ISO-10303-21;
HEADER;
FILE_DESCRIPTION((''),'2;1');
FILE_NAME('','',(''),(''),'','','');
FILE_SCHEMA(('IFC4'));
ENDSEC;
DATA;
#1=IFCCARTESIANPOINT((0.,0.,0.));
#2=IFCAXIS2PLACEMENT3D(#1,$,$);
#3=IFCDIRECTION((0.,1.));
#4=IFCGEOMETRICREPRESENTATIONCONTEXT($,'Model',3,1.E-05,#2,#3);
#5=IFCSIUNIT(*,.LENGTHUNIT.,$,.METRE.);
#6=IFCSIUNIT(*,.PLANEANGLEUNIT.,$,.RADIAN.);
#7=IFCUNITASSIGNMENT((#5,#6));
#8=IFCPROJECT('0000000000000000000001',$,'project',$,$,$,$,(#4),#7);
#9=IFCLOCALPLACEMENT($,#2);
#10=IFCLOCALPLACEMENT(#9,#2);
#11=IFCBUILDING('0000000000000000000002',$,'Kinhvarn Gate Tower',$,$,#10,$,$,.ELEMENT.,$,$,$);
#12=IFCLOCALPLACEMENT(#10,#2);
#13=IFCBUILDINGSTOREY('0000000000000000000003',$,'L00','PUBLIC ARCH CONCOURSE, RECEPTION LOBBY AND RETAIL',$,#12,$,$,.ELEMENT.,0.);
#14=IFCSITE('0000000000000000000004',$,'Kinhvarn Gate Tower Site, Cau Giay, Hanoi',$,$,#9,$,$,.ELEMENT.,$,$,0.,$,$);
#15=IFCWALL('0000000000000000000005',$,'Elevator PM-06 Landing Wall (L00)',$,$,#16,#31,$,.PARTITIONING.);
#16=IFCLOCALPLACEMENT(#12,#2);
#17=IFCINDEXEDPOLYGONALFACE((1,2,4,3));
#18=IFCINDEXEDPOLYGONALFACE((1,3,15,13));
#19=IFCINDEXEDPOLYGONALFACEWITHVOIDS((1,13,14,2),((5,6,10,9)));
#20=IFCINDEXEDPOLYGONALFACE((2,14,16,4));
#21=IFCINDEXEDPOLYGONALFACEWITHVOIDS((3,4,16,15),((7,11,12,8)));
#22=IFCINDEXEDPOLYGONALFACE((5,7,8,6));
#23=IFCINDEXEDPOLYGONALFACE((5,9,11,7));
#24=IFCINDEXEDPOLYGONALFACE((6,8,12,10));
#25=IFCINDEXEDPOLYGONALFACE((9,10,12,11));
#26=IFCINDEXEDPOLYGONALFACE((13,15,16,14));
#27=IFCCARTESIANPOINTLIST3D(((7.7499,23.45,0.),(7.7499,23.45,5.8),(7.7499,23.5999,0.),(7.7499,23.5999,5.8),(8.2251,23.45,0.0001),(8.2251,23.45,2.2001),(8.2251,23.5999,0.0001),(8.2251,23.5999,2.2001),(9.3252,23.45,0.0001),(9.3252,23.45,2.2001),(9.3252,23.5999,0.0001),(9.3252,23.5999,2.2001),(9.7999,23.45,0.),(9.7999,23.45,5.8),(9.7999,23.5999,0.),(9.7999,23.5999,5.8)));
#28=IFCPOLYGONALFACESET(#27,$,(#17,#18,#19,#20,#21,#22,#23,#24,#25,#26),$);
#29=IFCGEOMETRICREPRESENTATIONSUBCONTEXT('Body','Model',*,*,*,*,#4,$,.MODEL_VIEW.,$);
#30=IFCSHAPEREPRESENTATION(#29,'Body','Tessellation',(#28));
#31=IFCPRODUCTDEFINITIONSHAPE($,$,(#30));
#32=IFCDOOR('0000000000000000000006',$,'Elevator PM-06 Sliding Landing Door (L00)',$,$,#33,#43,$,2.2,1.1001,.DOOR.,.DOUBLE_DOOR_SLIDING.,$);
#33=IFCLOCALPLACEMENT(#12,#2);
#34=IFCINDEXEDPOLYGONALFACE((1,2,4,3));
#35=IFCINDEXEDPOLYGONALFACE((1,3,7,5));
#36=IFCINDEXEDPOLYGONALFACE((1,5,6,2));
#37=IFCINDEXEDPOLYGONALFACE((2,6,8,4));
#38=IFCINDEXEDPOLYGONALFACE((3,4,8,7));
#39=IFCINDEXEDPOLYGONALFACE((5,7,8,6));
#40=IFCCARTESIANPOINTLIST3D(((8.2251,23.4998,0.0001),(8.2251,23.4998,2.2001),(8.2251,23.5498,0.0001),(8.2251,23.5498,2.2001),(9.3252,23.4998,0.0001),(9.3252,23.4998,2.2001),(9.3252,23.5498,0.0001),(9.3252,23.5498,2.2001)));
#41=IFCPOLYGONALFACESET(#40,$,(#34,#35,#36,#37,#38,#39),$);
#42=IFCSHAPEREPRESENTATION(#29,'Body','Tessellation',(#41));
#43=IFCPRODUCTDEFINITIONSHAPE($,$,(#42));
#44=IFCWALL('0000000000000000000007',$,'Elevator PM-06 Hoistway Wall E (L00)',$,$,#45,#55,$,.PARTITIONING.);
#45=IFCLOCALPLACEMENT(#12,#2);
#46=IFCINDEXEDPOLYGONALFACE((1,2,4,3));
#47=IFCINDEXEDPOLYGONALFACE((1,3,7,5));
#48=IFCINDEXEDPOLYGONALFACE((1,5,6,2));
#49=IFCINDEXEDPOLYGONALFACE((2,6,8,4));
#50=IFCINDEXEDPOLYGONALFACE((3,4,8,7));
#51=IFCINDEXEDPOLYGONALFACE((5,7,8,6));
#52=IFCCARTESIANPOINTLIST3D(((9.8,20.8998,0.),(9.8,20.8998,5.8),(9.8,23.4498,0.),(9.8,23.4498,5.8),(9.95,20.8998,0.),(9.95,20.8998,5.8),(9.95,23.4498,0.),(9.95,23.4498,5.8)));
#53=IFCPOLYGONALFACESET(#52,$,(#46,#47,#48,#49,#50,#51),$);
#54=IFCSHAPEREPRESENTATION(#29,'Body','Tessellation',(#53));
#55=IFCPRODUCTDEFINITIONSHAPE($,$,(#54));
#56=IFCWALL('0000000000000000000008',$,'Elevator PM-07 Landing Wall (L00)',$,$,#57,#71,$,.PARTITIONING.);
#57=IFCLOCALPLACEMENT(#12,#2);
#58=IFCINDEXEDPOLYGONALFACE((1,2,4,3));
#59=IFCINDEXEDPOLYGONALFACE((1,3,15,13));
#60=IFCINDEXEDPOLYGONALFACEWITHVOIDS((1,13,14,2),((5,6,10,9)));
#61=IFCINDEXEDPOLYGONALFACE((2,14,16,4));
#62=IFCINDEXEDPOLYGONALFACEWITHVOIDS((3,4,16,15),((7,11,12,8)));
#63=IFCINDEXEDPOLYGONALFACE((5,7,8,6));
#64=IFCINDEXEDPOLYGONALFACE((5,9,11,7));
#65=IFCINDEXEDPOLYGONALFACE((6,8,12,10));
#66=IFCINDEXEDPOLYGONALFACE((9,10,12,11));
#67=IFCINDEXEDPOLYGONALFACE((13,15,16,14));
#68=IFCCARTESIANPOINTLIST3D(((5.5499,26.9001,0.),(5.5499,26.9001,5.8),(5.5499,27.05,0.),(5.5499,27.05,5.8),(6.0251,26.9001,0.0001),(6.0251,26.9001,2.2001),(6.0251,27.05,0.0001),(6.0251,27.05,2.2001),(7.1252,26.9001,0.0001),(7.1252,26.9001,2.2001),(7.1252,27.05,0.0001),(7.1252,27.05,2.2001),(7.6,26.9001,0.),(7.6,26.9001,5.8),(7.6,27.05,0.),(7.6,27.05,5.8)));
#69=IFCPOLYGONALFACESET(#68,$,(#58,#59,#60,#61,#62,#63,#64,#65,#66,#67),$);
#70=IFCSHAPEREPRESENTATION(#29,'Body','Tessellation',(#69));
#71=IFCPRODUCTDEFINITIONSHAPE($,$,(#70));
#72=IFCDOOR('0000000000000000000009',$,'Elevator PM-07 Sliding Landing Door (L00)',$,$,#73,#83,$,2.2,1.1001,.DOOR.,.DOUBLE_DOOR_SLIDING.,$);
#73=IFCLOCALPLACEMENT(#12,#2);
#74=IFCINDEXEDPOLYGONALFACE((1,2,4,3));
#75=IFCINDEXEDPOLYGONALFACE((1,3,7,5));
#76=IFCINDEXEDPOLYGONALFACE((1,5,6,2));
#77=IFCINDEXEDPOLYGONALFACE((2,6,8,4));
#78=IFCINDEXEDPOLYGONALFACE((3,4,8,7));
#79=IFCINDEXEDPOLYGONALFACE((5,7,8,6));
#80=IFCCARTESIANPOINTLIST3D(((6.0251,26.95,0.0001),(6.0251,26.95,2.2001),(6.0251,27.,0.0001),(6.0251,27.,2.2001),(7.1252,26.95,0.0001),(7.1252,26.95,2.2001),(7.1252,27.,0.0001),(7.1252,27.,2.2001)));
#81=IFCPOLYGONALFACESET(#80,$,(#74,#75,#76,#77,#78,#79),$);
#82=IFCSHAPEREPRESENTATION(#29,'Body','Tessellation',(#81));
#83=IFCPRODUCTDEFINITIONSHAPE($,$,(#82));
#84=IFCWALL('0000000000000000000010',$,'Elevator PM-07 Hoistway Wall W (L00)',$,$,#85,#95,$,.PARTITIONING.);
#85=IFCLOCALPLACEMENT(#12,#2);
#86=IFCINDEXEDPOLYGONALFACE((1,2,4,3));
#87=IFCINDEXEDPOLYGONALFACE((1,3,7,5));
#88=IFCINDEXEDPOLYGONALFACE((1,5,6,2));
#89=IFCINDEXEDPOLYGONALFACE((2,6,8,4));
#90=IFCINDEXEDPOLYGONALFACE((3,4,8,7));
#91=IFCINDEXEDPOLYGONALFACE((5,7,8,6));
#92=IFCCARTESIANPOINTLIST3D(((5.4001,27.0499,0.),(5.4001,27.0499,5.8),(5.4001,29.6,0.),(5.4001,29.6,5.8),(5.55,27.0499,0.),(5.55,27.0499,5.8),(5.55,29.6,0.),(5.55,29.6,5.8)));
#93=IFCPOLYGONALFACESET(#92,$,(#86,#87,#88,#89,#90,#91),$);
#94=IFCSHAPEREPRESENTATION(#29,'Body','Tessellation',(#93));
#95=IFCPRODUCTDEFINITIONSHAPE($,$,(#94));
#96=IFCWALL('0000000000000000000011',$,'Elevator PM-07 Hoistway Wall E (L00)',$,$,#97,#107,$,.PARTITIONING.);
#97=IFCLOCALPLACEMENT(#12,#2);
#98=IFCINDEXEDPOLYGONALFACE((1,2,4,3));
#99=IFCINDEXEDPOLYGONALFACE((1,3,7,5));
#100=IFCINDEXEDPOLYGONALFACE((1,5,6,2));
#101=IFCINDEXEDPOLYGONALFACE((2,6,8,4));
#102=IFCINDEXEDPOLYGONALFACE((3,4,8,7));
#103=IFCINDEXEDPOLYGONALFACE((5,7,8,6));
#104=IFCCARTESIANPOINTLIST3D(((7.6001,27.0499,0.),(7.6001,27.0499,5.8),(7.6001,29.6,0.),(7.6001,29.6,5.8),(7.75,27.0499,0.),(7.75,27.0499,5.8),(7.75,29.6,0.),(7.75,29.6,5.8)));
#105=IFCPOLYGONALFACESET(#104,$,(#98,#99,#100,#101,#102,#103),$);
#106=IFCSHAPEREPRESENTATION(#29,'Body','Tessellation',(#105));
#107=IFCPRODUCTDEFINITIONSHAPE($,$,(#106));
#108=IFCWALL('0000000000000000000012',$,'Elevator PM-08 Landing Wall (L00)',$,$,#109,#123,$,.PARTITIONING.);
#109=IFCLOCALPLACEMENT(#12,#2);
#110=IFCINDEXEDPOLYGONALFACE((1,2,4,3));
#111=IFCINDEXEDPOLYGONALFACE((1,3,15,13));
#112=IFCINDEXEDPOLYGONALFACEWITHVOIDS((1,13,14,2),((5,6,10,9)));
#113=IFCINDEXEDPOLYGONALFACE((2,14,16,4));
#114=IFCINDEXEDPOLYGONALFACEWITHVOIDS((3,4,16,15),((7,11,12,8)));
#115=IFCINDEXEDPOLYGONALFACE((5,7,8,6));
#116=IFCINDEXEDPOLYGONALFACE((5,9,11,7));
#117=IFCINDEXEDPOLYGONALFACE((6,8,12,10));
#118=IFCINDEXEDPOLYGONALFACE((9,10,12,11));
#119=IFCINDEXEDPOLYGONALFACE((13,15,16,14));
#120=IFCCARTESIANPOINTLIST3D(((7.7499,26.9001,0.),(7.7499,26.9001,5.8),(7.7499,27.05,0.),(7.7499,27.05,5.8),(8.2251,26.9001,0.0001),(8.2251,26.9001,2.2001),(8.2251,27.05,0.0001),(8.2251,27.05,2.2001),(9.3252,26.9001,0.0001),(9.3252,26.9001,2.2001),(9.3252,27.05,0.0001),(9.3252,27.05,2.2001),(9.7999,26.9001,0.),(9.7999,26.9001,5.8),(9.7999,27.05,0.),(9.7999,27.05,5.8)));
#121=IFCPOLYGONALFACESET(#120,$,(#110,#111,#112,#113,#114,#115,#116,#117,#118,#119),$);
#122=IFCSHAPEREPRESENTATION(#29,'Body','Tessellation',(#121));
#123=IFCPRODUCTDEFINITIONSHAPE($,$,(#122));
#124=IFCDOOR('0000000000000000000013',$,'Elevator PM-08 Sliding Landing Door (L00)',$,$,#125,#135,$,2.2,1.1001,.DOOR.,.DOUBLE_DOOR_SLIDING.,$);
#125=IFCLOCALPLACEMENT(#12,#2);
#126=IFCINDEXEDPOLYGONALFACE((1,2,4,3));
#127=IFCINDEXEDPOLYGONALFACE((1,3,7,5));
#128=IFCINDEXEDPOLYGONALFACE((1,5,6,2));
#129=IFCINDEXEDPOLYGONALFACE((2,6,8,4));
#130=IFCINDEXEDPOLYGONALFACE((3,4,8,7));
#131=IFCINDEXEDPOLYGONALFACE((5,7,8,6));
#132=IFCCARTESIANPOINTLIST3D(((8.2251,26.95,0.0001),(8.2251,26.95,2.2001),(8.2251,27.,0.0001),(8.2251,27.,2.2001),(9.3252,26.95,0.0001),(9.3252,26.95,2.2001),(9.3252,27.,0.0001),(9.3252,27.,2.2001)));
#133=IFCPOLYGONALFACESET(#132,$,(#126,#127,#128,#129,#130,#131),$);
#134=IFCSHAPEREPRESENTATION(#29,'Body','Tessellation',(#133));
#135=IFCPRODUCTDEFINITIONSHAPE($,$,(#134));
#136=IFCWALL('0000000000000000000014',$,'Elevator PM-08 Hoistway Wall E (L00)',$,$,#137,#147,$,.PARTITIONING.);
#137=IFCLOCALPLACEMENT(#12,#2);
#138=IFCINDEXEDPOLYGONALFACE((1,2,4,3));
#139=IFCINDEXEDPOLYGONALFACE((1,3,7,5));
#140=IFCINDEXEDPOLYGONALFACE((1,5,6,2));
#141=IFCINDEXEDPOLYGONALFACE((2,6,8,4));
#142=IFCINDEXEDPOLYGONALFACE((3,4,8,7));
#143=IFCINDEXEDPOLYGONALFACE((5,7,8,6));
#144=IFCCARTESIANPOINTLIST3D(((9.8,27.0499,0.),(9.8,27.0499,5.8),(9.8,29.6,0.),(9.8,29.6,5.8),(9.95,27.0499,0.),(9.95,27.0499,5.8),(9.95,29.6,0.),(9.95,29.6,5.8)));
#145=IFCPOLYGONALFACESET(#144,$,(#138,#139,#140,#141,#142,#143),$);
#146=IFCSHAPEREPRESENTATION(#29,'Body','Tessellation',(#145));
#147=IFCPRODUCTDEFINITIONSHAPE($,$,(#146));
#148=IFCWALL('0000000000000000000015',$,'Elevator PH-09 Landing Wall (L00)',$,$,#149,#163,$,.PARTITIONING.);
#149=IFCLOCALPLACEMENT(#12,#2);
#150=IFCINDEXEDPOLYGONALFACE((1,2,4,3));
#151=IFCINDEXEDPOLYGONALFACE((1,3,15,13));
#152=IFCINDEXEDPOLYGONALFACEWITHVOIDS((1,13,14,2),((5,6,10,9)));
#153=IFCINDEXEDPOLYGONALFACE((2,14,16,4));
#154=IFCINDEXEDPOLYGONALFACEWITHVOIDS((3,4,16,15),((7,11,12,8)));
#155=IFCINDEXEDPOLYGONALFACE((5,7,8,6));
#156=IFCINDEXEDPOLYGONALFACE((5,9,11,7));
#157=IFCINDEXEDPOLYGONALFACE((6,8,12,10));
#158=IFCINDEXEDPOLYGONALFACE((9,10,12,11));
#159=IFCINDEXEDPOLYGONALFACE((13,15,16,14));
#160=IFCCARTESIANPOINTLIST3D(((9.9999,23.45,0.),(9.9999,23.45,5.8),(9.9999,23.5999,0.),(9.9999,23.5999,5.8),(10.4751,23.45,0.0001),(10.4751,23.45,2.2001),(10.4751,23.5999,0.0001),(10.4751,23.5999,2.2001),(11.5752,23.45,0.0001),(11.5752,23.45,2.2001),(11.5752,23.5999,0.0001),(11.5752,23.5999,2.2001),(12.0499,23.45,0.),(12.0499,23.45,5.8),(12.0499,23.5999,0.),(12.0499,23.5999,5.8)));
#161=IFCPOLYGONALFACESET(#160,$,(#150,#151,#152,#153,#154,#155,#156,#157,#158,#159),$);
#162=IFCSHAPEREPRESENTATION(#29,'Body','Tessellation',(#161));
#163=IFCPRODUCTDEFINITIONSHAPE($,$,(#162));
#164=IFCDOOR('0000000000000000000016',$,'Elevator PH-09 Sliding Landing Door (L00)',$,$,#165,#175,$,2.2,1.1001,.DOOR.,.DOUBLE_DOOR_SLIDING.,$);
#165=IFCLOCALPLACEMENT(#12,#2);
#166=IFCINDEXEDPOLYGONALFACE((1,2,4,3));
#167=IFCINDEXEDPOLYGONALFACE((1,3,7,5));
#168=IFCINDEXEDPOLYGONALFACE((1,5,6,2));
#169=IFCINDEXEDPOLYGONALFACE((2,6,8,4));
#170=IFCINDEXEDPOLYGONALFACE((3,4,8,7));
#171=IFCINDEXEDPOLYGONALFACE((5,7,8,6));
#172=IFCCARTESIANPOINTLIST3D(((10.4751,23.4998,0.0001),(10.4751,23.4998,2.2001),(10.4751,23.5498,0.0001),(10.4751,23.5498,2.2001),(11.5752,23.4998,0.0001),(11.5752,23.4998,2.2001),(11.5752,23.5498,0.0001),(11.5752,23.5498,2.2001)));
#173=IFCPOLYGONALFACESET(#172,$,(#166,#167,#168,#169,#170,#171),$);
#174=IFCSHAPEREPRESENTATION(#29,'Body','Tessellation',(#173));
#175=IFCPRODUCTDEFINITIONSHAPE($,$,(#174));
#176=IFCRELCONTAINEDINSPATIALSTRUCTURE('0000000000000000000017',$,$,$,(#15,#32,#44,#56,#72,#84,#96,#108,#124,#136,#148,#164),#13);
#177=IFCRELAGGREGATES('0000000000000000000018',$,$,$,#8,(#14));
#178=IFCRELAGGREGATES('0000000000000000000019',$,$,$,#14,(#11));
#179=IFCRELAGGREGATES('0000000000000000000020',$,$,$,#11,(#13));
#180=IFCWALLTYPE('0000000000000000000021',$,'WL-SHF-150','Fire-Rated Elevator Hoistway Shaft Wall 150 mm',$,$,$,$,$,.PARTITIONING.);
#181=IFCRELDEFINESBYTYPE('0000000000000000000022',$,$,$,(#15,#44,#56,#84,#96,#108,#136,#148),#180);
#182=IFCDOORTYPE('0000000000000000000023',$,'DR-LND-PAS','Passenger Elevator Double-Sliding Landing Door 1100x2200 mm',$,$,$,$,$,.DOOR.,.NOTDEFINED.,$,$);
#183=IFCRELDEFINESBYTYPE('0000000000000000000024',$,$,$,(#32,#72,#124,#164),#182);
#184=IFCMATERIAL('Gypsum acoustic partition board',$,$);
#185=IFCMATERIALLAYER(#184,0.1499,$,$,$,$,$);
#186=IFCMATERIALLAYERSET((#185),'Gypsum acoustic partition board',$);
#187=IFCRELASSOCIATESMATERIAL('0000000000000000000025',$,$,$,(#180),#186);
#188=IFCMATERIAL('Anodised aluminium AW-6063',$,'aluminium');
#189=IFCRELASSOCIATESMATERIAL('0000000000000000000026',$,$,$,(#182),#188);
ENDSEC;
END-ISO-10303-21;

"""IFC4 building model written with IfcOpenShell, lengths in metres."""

from ifc_helpers import new_model, si_unit, direction, frame, frame_2d, origin, place, context, subcontext, project, spatial, rectangle, extrude, material, layer, layer_set, type_object, element, fill, save


model = new_model("IFC4")

# Units and contexts
model_context = context("Model", 3, precision=1e-05, world=origin(), true_north=direction((0.0, 1.0)))
body_context = subcontext(model_context, "Body", "Model", "MODEL_VIEW")
ifc_project = project(units=[si_unit("LENGTHUNIT", "METRE"), si_unit("PLANEANGLEUNIT", "RADIAN")], contexts=[model_context])

# Site, building, storey
site_placement = place(None, origin())
site = spatial("IfcSite", under=ifc_project, at=site_placement, Name="Kinhvarn Gate Tower Site, Cau Giay, Hanoi", CompositionType="ELEMENT", RefElevation=0.0)
building_placement = place(site_placement, origin())
building = spatial("IfcBuilding", under=site, at=building_placement, Name="Kinhvarn Gate Tower", CompositionType="ELEMENT")
storey_placement = place(building_placement, origin())
storey = spatial("IfcBuildingStorey", under=building, at=storey_placement, Name="L00", Description="PUBLIC ARCH CONCOURSE, RECEPTION LOBBY AND RETAIL", CompositionType="ELEMENT", Elevation=0.0)

# Shared definitions
ifc_material_1 = material(Name="Gypsum acoustic partition board")

# Shared definitions
ifc_layer_1 = layer(ifc_material_1, 0.1499)
ifc_layer_set_1 = layer_set([ifc_layer_1], Name="Gypsum acoustic partition board")
wall_type_1 = type_object("IfcWallType", Name="WL-SHF-150", Description="Fire-Rated Elevator Hoistway Shaft Wall 150 mm", PredefinedType="PARTITIONING", material=ifc_layer_set_1)
ifc_material_2 = material(Name="Anodised aluminium AW-6063", Category="aluminium")
door_type_1 = type_object("IfcDoorType", Name="DR-LND-PAS", Description="Passenger Elevator Double-Sliding Landing Door 1100x2200 mm", OperationType="NOTDEFINED", PredefinedType="DOOR", material=ifc_material_2)

# Wall, opening, door
wall_1_placement = place(storey_placement, frame((7.75, 23.5249, 0.0), z_axis=(0.0, 0.0, 1.0), x_axis=(1.0, 0.0, 0.0)))
wall_1 = element("IfcWall", 1, at=wall_1_placement, inside=storey, type_object=wall_type_1, Name="Elevator PM-06 Landing Wall (L00)", PredefinedType="PARTITIONING", context=body_context, shape_type="SweptSolid", body=[
    extrude(rectangle(XDim=2.05, YDim=0.1499, at=frame_2d((1.0249, 0.0))), origin(), (0.0, 0.0, 1.0), 5.8),
])
opening_1_placement = place(wall_1_placement, frame((0.4751, 0.0, 0.0)))
opening_1 = element("IfcOpeningElement", 2, at=opening_1_placement, cuts=wall_1, PredefinedType="OPENING", context=body_context, shape_type="SweptSolid", body=[
    extrude(rectangle(XDim=1.1001, YDim=2.2, at=frame_2d((0.55, 1.1001))), frame((0.0, 0.085, 0.0), z_axis=(0.0, -1.0, 0.0), x_axis=(1.0, 0.0, 0.0)), (0.0, 0.0, 1.0), 0.1699),
])
door_1_placement = place(opening_1_placement, origin())
door_1 = element("IfcDoor", 3, at=door_1_placement, inside=storey, type_object=door_type_1, Name="Elevator PM-06 Sliding Landing Door (L00)", OperationType="DOUBLE_DOOR_SLIDING", OverallHeight=2.2, OverallWidth=1.1001, PredefinedType="DOOR", context=body_context, shape_type="SweptSolid", body=[
    extrude(rectangle(XDim=1.1001, YDim=2.2, at=frame_2d((0.55, 1.1001))), frame((0.0, 0.0249, 0.0), z_axis=(0.0, -1.0, 0.0), x_axis=(1.0, 0.0, 0.0)), (0.0, 0.0, 1.0), 0.05),
])
fill(opening_1, door_1)

# Wall
wall_2_placement = place(storey_placement, frame((9.875, 20.8999, 0.0), z_axis=(0.0, 0.0, 1.0), x_axis=(0.0, 1.0, 0.0)))
element("IfcWall", 4, at=wall_2_placement, inside=storey, type_object=wall_type_1, Name="Elevator PM-06 Hoistway Wall E (L00)", PredefinedType="PARTITIONING", context=body_context, shape_type="SweptSolid", body=[
    extrude(rectangle(XDim=2.55, YDim=0.1499, at=frame_2d((1.2749, 0.0))), origin(), (0.0, 0.0, 1.0), 5.8),
])

# Wall, opening, door
wall_3_placement = place(storey_placement, frame((5.55, 26.9751, 0.0), z_axis=(0.0, 0.0, 1.0), x_axis=(1.0, 0.0, 0.0)))
wall_3 = element("IfcWall", 5, at=wall_3_placement, inside=storey, type_object=wall_type_1, Name="Elevator PM-07 Landing Wall (L00)", PredefinedType="PARTITIONING", context=body_context, shape_type="SweptSolid", body=[
    extrude(rectangle(XDim=2.05, YDim=0.1499, at=frame_2d((1.0249, 0.0))), origin(), (0.0, 0.0, 1.0), 5.8),
])
opening_2_placement = place(wall_3_placement, frame((0.4751, 0.0, 0.0)))
opening_2 = element("IfcOpeningElement", 6, at=opening_2_placement, cuts=wall_3, PredefinedType="OPENING", context=body_context, shape_type="SweptSolid", body=[
    extrude(rectangle(XDim=1.1001, YDim=2.2, at=frame_2d((0.55, 1.1001))), frame((0.0, 0.085, 0.0), z_axis=(0.0, -1.0, 0.0), x_axis=(1.0, 0.0, 0.0)), (0.0, 0.0, 1.0), 0.1699),
])
door_2_placement = place(opening_2_placement, origin())
door_2 = element("IfcDoor", 7, at=door_2_placement, inside=storey, type_object=door_type_1, Name="Elevator PM-07 Sliding Landing Door (L00)", OperationType="DOUBLE_DOOR_SLIDING", OverallHeight=2.2, OverallWidth=1.1001, PredefinedType="DOOR", context=body_context, shape_type="SweptSolid", body=[
    extrude(rectangle(XDim=1.1001, YDim=2.2, at=frame_2d((0.55, 1.1001))), frame((0.0, 0.0249, 0.0), z_axis=(0.0, -1.0, 0.0), x_axis=(1.0, 0.0, 0.0)), (0.0, 0.0, 1.0), 0.05),
])
fill(opening_2, door_2)

# Walls
for number, where, z_axis, x_axis, name in (
    (8, (5.4751, 27.05, 0.0), (0.0, 0.0, 1.0), (0.0, 1.0, 0.0), "Elevator PM-07 Hoistway Wall W (L00)"),
    (9, (7.675, 27.05, 0.0), (0.0, 0.0, 1.0), (0.0, 1.0, 0.0), "Elevator PM-07 Hoistway Wall E (L00)"),
):
    element("IfcWall", number, at=place(storey_placement, frame(where, z_axis=z_axis, x_axis=x_axis)), inside=storey, type_object=wall_type_1, Name=name, PredefinedType="PARTITIONING", context=body_context, shape_type="SweptSolid", body=[
        extrude(rectangle(XDim=2.55, YDim=0.1499, at=frame_2d((1.2749, 0.0))), origin(), (0.0, 0.0, 1.0), 5.8),
    ])

# Wall, opening, door
wall_4_placement = place(storey_placement, frame((7.75, 26.9751, 0.0), z_axis=(0.0, 0.0, 1.0), x_axis=(1.0, 0.0, 0.0)))
wall_4 = element("IfcWall", 10, at=wall_4_placement, inside=storey, type_object=wall_type_1, Name="Elevator PM-08 Landing Wall (L00)", PredefinedType="PARTITIONING", context=body_context, shape_type="SweptSolid", body=[
    extrude(rectangle(XDim=2.05, YDim=0.1499, at=frame_2d((1.0249, 0.0))), origin(), (0.0, 0.0, 1.0), 5.8),
])
opening_3_placement = place(wall_4_placement, frame((0.4751, 0.0, 0.0)))
opening_3 = element("IfcOpeningElement", 11, at=opening_3_placement, cuts=wall_4, PredefinedType="OPENING", context=body_context, shape_type="SweptSolid", body=[
    extrude(rectangle(XDim=1.1001, YDim=2.2, at=frame_2d((0.55, 1.1001))), frame((0.0, 0.085, 0.0), z_axis=(0.0, -1.0, 0.0), x_axis=(1.0, 0.0, 0.0)), (0.0, 0.0, 1.0), 0.1699),
])
door_3_placement = place(opening_3_placement, origin())
door_3 = element("IfcDoor", 12, at=door_3_placement, inside=storey, type_object=door_type_1, Name="Elevator PM-08 Sliding Landing Door (L00)", OperationType="DOUBLE_DOOR_SLIDING", OverallHeight=2.2, OverallWidth=1.1001, PredefinedType="DOOR", context=body_context, shape_type="SweptSolid", body=[
    extrude(rectangle(XDim=1.1001, YDim=2.2, at=frame_2d((0.55, 1.1001))), frame((0.0, 0.0249, 0.0), z_axis=(0.0, -1.0, 0.0), x_axis=(1.0, 0.0, 0.0)), (0.0, 0.0, 1.0), 0.05),
])
fill(opening_3, door_3)

# Wall
wall_5_placement = place(storey_placement, frame((9.875, 27.05, 0.0), z_axis=(0.0, 0.0, 1.0), x_axis=(0.0, 1.0, 0.0)))
element("IfcWall", 13, at=wall_5_placement, inside=storey, type_object=wall_type_1, Name="Elevator PM-08 Hoistway Wall E (L00)", PredefinedType="PARTITIONING", context=body_context, shape_type="SweptSolid", body=[
    extrude(rectangle(XDim=2.55, YDim=0.1499, at=frame_2d((1.2749, 0.0))), origin(), (0.0, 0.0, 1.0), 5.8),
])

# Wall, opening, door
wall_6_placement = place(storey_placement, frame((10.0, 23.5249, 0.0), z_axis=(0.0, 0.0, 1.0), x_axis=(1.0, 0.0, 0.0)))
wall_6 = element("IfcWall", 14, at=wall_6_placement, inside=storey, type_object=wall_type_1, Name="Elevator PH-09 Landing Wall (L00)", PredefinedType="PARTITIONING", context=body_context, shape_type="SweptSolid", body=[
    extrude(rectangle(XDim=2.05, YDim=0.1499, at=frame_2d((1.0249, 0.0))), origin(), (0.0, 0.0, 1.0), 5.8),
])
opening_4_placement = place(wall_6_placement, frame((0.4751, 0.0, 0.0)))
opening_4 = element("IfcOpeningElement", 15, at=opening_4_placement, cuts=wall_6, PredefinedType="OPENING", context=body_context, shape_type="SweptSolid", body=[
    extrude(rectangle(XDim=1.1001, YDim=2.2, at=frame_2d((0.55, 1.1001))), frame((0.0, 0.085, 0.0), z_axis=(0.0, -1.0, 0.0), x_axis=(1.0, 0.0, 0.0)), (0.0, 0.0, 1.0), 0.1699),
])
door_4_placement = place(opening_4_placement, origin())
door_4 = element("IfcDoor", 16, at=door_4_placement, inside=storey, type_object=door_type_1, Name="Elevator PH-09 Sliding Landing Door (L00)", OperationType="DOUBLE_DOOR_SLIDING", OverallHeight=2.2, OverallWidth=1.1001, PredefinedType="DOOR", context=body_context, shape_type="SweptSolid", body=[
    extrude(rectangle(XDim=1.1001, YDim=2.2, at=frame_2d((0.55, 1.1001))), frame((0.0, 0.0249, 0.0), z_axis=(0.0, -1.0, 0.0), x_axis=(1.0, 0.0, 0.0)), (0.0, 0.0, 1.0), 0.05),
])
fill(opening_4, door_4)

save(model, "model.ifc")
